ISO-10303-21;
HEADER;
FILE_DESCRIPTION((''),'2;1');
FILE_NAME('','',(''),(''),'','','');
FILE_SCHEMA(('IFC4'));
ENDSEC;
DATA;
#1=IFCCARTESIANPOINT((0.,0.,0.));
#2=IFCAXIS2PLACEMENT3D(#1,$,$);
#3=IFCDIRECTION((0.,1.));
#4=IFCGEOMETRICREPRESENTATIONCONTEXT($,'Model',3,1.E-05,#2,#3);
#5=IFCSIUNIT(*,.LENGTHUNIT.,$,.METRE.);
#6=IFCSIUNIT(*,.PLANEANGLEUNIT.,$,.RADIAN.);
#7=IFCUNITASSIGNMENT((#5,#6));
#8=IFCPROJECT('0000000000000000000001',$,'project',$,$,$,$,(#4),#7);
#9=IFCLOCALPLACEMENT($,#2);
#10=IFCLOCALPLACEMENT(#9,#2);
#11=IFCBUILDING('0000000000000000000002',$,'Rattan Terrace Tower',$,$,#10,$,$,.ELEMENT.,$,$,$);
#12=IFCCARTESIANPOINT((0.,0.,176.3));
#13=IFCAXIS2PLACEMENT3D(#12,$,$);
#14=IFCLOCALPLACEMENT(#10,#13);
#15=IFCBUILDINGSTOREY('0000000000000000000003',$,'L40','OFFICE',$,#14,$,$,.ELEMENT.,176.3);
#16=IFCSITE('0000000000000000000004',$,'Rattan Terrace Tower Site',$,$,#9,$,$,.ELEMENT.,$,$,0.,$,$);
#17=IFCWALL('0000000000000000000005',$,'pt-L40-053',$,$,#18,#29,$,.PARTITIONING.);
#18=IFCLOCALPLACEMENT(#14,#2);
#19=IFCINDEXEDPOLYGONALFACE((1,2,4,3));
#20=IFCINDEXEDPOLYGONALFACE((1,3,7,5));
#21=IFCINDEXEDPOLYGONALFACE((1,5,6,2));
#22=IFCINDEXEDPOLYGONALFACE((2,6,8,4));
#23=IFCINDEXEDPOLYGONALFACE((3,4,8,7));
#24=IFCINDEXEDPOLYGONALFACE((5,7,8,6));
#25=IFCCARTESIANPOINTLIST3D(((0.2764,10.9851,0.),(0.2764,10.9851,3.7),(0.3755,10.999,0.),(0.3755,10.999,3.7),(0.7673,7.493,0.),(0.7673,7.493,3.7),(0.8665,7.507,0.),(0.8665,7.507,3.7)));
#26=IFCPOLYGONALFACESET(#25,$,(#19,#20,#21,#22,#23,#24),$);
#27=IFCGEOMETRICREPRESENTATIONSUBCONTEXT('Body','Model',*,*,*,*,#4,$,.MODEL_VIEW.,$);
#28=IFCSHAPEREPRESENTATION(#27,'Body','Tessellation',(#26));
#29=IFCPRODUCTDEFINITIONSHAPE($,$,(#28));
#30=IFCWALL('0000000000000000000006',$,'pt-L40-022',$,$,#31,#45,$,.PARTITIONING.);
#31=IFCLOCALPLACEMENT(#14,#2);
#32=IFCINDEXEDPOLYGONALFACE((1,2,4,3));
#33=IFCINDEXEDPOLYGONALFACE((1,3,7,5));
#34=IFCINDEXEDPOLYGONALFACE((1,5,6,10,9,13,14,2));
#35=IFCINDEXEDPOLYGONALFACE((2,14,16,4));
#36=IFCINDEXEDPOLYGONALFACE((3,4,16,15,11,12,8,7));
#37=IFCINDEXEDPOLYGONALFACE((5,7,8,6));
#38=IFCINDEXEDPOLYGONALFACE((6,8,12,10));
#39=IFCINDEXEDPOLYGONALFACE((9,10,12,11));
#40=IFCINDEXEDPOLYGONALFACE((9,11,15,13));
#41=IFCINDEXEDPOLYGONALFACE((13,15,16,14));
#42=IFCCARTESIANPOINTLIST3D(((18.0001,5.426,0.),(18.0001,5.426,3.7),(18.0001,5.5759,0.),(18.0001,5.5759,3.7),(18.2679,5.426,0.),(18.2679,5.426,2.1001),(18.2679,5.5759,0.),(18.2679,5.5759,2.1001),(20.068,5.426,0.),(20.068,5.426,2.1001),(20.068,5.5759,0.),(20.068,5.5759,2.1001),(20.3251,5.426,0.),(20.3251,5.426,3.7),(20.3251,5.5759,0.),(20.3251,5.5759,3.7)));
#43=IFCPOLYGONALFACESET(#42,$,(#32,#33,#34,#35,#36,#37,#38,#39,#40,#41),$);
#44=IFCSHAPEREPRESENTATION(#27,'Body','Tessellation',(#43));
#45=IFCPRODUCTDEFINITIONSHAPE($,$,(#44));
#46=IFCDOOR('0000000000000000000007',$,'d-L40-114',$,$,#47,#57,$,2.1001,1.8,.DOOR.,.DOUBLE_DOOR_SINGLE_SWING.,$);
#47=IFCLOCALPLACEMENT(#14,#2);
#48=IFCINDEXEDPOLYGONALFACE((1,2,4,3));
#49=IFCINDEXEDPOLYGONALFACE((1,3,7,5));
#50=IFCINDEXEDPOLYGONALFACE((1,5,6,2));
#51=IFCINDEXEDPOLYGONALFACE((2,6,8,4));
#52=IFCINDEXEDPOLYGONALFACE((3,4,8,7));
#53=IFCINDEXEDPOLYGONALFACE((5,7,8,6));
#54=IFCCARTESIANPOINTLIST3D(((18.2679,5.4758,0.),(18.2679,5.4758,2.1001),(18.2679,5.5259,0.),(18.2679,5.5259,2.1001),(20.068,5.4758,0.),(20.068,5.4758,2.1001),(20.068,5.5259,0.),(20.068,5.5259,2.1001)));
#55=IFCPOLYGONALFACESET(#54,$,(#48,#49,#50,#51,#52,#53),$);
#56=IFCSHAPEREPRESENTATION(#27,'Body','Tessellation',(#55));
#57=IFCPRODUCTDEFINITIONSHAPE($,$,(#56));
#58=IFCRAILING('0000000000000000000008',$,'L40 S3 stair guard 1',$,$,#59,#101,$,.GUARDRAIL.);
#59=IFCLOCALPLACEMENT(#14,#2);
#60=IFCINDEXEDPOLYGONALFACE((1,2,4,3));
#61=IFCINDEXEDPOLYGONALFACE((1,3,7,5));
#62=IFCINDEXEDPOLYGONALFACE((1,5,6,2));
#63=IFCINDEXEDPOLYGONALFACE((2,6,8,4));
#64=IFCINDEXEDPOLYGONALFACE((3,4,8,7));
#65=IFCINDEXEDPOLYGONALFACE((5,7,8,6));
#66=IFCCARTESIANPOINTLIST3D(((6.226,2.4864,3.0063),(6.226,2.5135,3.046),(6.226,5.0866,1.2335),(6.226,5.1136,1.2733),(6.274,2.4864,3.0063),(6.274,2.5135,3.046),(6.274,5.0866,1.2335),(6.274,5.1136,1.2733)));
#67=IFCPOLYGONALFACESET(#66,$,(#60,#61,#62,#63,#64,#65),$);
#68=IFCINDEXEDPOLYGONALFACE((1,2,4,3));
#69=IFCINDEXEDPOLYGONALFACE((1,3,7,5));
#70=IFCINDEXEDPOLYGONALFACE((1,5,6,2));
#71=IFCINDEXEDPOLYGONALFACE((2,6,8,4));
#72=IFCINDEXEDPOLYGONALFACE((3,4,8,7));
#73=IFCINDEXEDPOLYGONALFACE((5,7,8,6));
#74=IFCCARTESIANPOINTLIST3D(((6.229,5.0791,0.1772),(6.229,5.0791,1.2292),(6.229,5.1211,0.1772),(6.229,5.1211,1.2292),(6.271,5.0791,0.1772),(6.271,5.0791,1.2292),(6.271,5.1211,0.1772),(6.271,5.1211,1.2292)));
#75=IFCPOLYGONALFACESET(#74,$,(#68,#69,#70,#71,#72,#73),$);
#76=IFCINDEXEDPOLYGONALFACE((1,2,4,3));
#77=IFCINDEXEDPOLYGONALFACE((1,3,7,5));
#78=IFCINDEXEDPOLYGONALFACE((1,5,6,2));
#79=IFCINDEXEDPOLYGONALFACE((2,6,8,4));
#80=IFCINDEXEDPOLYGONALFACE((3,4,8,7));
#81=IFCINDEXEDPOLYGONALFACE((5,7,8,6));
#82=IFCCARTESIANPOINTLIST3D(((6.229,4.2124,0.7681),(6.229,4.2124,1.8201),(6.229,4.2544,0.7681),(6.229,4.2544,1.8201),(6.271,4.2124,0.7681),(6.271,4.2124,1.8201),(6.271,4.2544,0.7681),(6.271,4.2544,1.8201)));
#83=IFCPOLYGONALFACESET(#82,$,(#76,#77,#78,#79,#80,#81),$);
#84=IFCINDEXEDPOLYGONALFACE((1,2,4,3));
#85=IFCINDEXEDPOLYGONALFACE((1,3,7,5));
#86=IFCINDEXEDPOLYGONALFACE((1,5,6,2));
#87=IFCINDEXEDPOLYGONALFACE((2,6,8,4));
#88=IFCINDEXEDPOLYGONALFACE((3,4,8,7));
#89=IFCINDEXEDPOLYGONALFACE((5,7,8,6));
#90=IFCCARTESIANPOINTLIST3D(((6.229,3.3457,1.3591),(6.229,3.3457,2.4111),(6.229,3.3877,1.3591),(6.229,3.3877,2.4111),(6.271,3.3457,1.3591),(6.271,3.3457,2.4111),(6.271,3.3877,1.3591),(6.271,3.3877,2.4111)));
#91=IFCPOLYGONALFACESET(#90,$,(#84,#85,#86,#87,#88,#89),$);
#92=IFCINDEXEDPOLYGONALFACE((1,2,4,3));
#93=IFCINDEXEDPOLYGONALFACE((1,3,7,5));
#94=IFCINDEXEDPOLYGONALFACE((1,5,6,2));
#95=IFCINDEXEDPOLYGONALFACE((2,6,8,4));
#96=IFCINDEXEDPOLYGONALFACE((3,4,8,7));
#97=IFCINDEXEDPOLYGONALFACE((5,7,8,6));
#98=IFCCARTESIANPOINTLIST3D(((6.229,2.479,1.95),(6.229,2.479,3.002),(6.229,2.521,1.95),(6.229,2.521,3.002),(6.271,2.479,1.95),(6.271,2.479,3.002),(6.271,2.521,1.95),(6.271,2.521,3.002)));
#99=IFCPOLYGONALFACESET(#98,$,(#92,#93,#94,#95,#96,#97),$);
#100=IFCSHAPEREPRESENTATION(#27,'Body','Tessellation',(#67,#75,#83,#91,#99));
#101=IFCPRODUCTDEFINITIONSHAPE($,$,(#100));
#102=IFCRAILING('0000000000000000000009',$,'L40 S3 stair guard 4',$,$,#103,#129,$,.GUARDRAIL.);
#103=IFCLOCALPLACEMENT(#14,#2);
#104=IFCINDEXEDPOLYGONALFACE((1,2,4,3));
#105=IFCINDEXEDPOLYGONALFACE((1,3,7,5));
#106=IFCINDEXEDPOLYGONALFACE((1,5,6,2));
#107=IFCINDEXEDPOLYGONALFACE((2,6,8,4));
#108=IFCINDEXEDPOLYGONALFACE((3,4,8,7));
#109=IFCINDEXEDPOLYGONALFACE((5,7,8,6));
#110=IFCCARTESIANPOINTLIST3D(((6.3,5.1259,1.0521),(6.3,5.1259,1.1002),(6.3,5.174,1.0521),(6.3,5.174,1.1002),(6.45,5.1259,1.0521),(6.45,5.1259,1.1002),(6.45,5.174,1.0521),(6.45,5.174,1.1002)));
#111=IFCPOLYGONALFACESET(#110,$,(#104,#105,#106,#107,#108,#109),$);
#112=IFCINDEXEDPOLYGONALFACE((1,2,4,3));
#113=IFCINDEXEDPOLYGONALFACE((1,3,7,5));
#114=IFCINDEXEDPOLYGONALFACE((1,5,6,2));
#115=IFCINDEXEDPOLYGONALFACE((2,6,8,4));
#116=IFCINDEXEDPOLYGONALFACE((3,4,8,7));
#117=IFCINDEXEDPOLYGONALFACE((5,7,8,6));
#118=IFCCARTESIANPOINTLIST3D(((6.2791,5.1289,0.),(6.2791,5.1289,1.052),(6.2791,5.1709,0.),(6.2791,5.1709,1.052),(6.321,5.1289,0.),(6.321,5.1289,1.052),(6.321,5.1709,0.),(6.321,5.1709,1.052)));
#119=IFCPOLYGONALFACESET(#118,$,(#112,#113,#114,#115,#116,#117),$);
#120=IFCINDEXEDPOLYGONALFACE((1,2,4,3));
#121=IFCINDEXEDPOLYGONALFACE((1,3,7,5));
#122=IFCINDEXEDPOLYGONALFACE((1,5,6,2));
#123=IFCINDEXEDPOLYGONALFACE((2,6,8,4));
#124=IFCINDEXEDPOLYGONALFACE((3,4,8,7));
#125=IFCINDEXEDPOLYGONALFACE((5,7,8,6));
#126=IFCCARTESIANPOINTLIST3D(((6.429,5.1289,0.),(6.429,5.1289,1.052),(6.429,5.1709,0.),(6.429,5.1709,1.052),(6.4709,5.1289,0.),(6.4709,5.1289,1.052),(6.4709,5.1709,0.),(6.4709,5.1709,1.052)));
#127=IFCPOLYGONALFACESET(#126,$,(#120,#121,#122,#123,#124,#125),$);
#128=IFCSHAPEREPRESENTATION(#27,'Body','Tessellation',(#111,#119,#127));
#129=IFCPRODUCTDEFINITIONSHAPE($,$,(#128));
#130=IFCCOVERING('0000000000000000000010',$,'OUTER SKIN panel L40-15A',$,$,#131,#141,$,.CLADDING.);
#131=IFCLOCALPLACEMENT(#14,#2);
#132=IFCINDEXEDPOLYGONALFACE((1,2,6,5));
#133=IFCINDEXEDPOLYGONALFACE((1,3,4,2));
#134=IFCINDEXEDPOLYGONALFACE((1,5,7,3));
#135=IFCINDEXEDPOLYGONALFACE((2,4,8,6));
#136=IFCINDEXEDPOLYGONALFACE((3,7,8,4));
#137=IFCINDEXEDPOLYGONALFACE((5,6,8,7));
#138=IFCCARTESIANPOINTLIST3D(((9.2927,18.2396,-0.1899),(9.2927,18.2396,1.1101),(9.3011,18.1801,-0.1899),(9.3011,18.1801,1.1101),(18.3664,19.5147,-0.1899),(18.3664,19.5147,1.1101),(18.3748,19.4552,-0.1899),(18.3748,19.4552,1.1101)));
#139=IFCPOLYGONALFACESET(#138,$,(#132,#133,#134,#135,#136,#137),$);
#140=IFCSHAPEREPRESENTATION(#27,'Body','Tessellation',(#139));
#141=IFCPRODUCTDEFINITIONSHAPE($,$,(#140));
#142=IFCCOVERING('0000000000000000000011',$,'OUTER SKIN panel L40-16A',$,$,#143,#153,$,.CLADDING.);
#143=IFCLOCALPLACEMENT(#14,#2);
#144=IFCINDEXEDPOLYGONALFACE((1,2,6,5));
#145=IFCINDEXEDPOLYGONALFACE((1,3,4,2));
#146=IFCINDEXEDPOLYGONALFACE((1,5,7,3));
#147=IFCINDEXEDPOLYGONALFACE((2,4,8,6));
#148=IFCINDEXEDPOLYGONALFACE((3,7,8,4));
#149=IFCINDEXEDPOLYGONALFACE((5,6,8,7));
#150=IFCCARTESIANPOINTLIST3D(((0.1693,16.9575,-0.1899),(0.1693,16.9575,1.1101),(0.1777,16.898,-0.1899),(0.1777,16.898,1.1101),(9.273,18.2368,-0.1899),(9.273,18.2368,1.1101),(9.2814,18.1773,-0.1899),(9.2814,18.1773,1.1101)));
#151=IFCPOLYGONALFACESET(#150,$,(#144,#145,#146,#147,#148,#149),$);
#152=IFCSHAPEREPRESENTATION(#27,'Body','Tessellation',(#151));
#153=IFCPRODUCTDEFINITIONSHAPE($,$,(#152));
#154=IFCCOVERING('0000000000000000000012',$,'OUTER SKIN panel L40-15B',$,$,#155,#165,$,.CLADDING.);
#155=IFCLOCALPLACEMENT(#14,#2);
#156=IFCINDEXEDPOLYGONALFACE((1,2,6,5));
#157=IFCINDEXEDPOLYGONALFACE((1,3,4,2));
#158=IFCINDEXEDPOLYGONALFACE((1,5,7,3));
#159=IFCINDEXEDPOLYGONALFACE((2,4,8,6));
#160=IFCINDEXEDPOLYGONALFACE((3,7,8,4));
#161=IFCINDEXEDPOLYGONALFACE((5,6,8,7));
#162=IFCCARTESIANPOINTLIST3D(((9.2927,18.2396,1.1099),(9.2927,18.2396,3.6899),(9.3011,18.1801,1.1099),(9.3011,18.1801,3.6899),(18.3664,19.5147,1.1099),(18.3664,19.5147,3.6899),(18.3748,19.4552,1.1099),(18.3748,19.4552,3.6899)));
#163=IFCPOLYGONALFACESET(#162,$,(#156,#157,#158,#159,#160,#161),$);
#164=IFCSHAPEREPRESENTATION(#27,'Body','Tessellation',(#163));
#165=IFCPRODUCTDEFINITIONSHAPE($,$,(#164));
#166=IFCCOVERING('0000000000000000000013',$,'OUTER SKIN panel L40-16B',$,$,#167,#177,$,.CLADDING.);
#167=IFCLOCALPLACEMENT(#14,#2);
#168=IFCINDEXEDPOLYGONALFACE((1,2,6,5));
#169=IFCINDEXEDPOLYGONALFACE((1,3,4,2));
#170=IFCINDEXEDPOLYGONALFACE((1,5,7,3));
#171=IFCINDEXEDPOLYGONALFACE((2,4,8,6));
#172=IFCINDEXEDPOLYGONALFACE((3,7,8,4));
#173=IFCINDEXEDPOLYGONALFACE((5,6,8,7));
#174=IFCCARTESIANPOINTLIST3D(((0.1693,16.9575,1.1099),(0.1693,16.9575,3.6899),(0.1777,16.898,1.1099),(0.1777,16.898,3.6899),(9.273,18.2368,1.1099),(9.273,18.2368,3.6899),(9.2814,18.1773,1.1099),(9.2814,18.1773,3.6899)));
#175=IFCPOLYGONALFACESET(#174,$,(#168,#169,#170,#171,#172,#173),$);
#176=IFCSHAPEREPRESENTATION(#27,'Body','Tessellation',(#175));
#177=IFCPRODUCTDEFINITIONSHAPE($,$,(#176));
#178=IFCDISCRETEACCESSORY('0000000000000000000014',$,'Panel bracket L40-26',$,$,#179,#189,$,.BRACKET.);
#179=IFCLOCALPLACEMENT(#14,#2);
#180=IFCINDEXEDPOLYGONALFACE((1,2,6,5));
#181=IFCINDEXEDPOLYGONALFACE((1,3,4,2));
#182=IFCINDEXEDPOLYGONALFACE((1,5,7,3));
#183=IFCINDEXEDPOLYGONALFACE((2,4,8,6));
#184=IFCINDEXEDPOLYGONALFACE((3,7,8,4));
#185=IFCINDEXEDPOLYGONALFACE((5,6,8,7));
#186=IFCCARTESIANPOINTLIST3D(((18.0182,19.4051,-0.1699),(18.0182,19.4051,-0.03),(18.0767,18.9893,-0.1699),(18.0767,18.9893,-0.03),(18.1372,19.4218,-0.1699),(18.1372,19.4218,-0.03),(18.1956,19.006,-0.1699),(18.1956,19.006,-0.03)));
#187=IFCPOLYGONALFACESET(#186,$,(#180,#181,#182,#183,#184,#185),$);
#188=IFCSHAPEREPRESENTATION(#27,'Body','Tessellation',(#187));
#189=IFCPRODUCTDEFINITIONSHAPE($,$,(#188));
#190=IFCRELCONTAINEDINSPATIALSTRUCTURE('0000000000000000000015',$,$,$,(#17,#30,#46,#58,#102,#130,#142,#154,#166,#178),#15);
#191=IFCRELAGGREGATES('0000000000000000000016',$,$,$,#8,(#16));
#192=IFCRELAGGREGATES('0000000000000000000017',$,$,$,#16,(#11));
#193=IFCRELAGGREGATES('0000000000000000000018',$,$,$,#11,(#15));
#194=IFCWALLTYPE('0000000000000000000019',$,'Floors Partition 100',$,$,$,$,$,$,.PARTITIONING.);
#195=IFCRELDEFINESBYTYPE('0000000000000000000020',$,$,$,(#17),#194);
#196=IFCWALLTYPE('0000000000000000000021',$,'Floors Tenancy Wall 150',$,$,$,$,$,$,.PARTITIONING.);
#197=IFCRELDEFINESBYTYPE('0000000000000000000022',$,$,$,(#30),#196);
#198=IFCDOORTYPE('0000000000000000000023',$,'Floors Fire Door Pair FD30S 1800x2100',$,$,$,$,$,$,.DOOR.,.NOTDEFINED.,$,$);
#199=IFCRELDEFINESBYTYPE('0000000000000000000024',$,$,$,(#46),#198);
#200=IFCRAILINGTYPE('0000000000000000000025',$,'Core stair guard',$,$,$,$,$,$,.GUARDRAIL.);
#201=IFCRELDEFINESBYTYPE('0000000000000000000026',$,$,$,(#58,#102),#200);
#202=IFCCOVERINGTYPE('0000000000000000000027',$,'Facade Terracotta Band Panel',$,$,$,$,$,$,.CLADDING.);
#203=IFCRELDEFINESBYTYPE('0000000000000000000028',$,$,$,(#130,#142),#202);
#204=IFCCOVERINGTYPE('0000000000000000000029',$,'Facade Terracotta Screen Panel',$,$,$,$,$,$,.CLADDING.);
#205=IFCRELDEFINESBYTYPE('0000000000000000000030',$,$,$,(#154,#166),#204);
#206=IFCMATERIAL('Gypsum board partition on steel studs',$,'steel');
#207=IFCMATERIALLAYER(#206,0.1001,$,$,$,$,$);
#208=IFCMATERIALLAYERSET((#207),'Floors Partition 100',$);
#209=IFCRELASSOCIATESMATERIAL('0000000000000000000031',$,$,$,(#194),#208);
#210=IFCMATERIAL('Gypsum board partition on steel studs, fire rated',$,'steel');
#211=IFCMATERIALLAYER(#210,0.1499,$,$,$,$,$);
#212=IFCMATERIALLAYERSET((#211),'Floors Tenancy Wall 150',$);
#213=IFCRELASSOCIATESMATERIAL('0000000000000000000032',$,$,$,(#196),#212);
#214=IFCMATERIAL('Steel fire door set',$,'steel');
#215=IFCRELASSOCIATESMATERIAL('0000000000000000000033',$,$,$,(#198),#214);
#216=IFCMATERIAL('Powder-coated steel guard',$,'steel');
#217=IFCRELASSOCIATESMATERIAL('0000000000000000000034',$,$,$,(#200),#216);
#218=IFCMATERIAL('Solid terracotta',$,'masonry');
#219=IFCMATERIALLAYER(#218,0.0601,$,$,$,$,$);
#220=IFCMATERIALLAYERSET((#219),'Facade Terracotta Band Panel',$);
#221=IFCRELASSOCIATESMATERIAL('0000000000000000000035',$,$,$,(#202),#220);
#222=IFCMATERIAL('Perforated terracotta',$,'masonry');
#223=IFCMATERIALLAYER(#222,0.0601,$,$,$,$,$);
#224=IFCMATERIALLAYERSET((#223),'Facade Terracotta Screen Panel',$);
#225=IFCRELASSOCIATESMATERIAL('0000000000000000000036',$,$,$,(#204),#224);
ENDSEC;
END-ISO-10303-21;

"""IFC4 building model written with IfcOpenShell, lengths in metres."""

from ifc_helpers import new_model, si_unit, direction, frame, frame_2d, origin, origin_2d, place, context, subcontext, project, spatial, rectangle, extrude, material, layer, layer_set, type_object, element, fill, save


model = new_model("IFC4")

# Units and contexts
model_context = context("Model", 3, precision=1e-05, world=origin(), true_north=direction((0.0, 1.0)))
body_context = subcontext(model_context, "Body", "Model", "MODEL_VIEW")
ifc_project = project(units=[si_unit("LENGTHUNIT", "METRE"), si_unit("PLANEANGLEUNIT", "RADIAN")], contexts=[model_context])

# Site, building, storey
site_placement = place(None, origin())
site = spatial("IfcSite", under=ifc_project, at=site_placement, Name="Rattan Terrace Tower Site", CompositionType="ELEMENT", RefElevation=0.0)
building_placement = place(site_placement, origin())
building = spatial("IfcBuilding", under=site, at=building_placement, Name="Rattan Terrace Tower", CompositionType="ELEMENT")
storey_placement = place(building_placement, frame((0.0, 0.0, 176.3)))
storey = spatial("IfcBuildingStorey", under=building, at=storey_placement, Name="L40", Description="OFFICE", CompositionType="ELEMENT", Elevation=176.3)

# Shared definitions
ifc_material_1 = material(Name="Gypsum board partition on steel studs", Category="steel")
ifc_layer_1 = layer(ifc_material_1, 0.1001)
ifc_layer_set_1 = layer_set([ifc_layer_1], Name="Floors Partition 100")
wall_type_1 = type_object("IfcWallType", Name="Floors Partition 100", PredefinedType="PARTITIONING", material=ifc_layer_set_1)

# Wall
wall_1_placement = place(storey_placement, frame((0.8169, 7.5, 0.0), z_axis=(0.0, 0.0, 1.0), x_axis=(-0.13923, 0.99026, 0.0)))
element("IfcWall", 1, at=wall_1_placement, inside=storey, type_object=wall_type_1, Name="pt-L40-053", PredefinedType="PARTITIONING", context=body_context, shape_type="SweptSolid", body=[
    extrude(rectangle(XDim=3.5264, YDim=0.1001, at=frame_2d((1.7632, 0.0))), origin(), (0.0, 0.0, 1.0), 3.7),
])

# Wall, opening, door
ifc_material_2 = material(Name="Gypsum board partition on steel studs, fire rated", Category="steel")
ifc_layer_2 = layer(ifc_material_2, 0.1499)
ifc_layer_set_2 = layer_set([ifc_layer_2], Name="Floors Tenancy Wall 150")
wall_type_2 = type_object("IfcWallType", Name="Floors Tenancy Wall 150", PredefinedType="PARTITIONING", material=ifc_layer_set_2)
wall_2_placement = place(storey_placement, frame((18.0, 5.501, 0.0), z_axis=(0.0, 0.0, 1.0), x_axis=(1.0, 0.0, 0.0)))
wall_2 = element("IfcWall", 2, at=wall_2_placement, inside=storey, type_object=wall_type_2, Name="pt-L40-022", PredefinedType="PARTITIONING", context=body_context, shape_type="SweptSolid", body=[
    extrude(rectangle(XDim=2.325, YDim=0.1499, at=frame_2d((1.1626, 0.0))), origin(), (0.0, 0.0, 1.0), 3.7),
])
opening_1_placement = place(wall_2_placement, frame((0.2681, 0.0, 0.0)))
opening_1 = element("IfcOpeningElement", 3, at=opening_1_placement, cuts=wall_2, PredefinedType="OPENING", context=body_context, shape_type="SweptSolid", body=[
    extrude(rectangle(XDim=1.8, YDim=2.1001, at=frame_2d((0.8999, 1.05))), frame((0.0, 0.0854, 0.0), z_axis=(0.0, -1.0, 0.0), x_axis=(1.0, 0.0, 0.0)), (0.0, 0.0, 1.0), 0.1709),
])
ifc_material_3 = material(Name="Steel fire door set", Category="steel")
door_type_1 = type_object("IfcDoorType", Name="Floors Fire Door Pair FD30S 1800x2100", OperationType="NOTDEFINED", PredefinedType="DOOR", material=ifc_material_3)
door_1_placement = place(opening_1_placement, origin())
door_1 = element("IfcDoor", 4, at=door_1_placement, inside=storey, type_object=door_type_1, Name="d-L40-114", OperationType="DOUBLE_DOOR_SINGLE_SWING", OverallHeight=2.1001, OverallWidth=1.8, PredefinedType="DOOR", context=body_context, shape_type="SweptSolid", body=[
    extrude(rectangle(XDim=1.8, YDim=2.1001, at=frame_2d((0.8999, 1.05))), frame((0.0, 0.0249, 0.0), z_axis=(0.0, -1.0, 0.0), x_axis=(1.0, 0.0, 0.0)), (0.0, 0.0, 1.0), 0.05),
])
fill(opening_1, door_1)

# Railings
ifc_material_4 = material(Name="Powder-coated steel guard", Category="steel")
railing_type = type_object("IfcRailingType", Name="Core stair guard", PredefinedType="GUARDRAIL", material=ifc_material_4)
railing_1_placement = place(storey_placement, frame((6.25, 5.1001, 0.1772)))
element("IfcRailing", 5, at=railing_1_placement, inside=storey, type_object=railing_type, Name="L40 S3 stair guard 1", PredefinedType="GUARDRAIL", context=body_context, shape_type="SweptSolid", body=[
    extrude(rectangle(XDim=0.0481, YDim=0.0481, at=origin_2d()), frame((0.0, 0.0, 1.0762), z_axis=(0.0, -0.82624, 0.563318), x_axis=(1.0, 0.0, 0.0)), (0.0, 0.0, 1.0), 3.147),
    extrude(rectangle(XDim=0.042, YDim=0.042, at=origin_2d()), origin(), (0.0, 0.0, 1.0), 1.052),
    extrude(rectangle(XDim=0.042, YDim=0.042, at=origin_2d()), frame((0.0, -0.8667, 0.5908)), (0.0, 0.0, 1.0), 1.052),
    extrude(rectangle(XDim=0.042, YDim=0.042, at=origin_2d()), frame((0.0, -1.7334, 1.1819)), (0.0, 0.0, 1.0), 1.052),
    extrude(rectangle(XDim=0.042, YDim=0.042, at=origin_2d()), frame((0.0, -2.6001, 1.7727)), (0.0, 0.0, 1.0), 1.052),
])
railing_2_placement = place(storey_placement, frame((6.3, 5.1499, 0.0)))
element("IfcRailing", 6, at=railing_2_placement, inside=storey, type_object=railing_type, Name="L40 S3 stair guard 4", PredefinedType="GUARDRAIL", context=body_context, shape_type="SweptSolid", body=[
    extrude(rectangle(XDim=0.0481, YDim=0.0481, at=origin_2d()), frame((0.0, 0.0, 1.0762), z_axis=(1.0, 0.0, 0.0), x_axis=(0.0, 1.0, 0.0)), (0.0, 0.0, 1.0), 0.1499),
    extrude(rectangle(XDim=0.042, YDim=0.042, at=origin_2d()), origin(), (0.0, 0.0, 1.0), 1.052),
    extrude(rectangle(XDim=0.042, YDim=0.042, at=origin_2d()), frame((0.1499, 0.0, 0.0)), (0.0, 0.0, 1.0), 1.052),
])

# Coverings
ifc_material_5 = material(Name="Solid terracotta", Category="masonry")
ifc_layer_3 = layer(ifc_material_5, 0.0601)
ifc_layer_set_3 = layer_set([ifc_layer_3], Name="Facade Terracotta Band Panel")
covering_type_1 = type_object("IfcCoveringType", Name="Facade Terracotta Band Panel", PredefinedType="CLADDING", material=ifc_layer_set_3)
covering_1_placement = place(storey_placement, frame((13.8337, 18.8474, -0.1899), z_axis=(0.0, 0.0, 1.0), x_axis=(-0.99027, -0.139161, 0.0)))
element("IfcCovering", 7, at=covering_1_placement, inside=storey, type_object=covering_type_1, Name="OUTER SKIN panel L40-15A", PredefinedType="CLADDING", context=body_context, shape_type="SweptSolid", body=[
    extrude(rectangle(XDim=9.1628, YDim=0.0601, at=origin_2d()), origin(), (0.0, 0.0, 1.0), 1.3),
])
covering_2_placement = place(storey_placement, frame((4.7253, 17.5674, -0.1899), z_axis=(0.0, 0.0, 1.0), x_axis=(-0.99027, -0.139161, 0.0)))
element("IfcCovering", 8, at=covering_2_placement, inside=storey, type_object=covering_type_1, Name="OUTER SKIN panel L40-16A", PredefinedType="CLADDING", context=body_context, shape_type="SweptSolid", body=[
    extrude(rectangle(XDim=9.1931, YDim=0.0601, at=origin_2d()), origin(), (0.0, 0.0, 1.0), 1.3),
])
ifc_material_6 = material(Name="Perforated terracotta", Category="masonry")
ifc_layer_4 = layer(ifc_material_6, 0.0601)
ifc_layer_set_4 = layer_set([ifc_layer_4], Name="Facade Terracotta Screen Panel")
covering_type_2 = type_object("IfcCoveringType", Name="Facade Terracotta Screen Panel", PredefinedType="CLADDING", material=ifc_layer_set_4)
covering_3_placement = place(storey_placement, frame((13.8337, 18.8474, 1.1099), z_axis=(0.0, 0.0, 1.0), x_axis=(-0.99027, -0.139161, 0.0)))
element("IfcCovering", 9, at=covering_3_placement, inside=storey, type_object=covering_type_2, Name="OUTER SKIN panel L40-15B", PredefinedType="CLADDING", context=body_context, shape_type="SweptSolid", body=[
    extrude(rectangle(XDim=9.1628, YDim=0.0601, at=origin_2d()), origin(), (0.0, 0.0, 1.0), 2.5801),
])
covering_4_placement = place(storey_placement, frame((4.7253, 17.5674, 1.1099), z_axis=(0.0, 0.0, 1.0), x_axis=(-0.99027, -0.139161, 0.0)))
element("IfcCovering", 10, at=covering_4_placement, inside=storey, type_object=covering_type_2, Name="OUTER SKIN panel L40-16B", PredefinedType="CLADDING", context=body_context, shape_type="SweptSolid", body=[
    extrude(rectangle(XDim=9.1931, YDim=0.0601, at=origin_2d()), origin(), (0.0, 0.0, 1.0), 2.5801),
])

# Discrete accessory
for number, where, z_axis, x_axis, name in (
    (11, (18.1069, 19.2056, -0.1699), (0.0, 0.0, 1.0), (-0.99027, -0.139161, 0.0), "Panel bracket L40-26"),
):
    element("IfcDiscreteAccessory", number, at=place(storey_placement, frame(where, z_axis=z_axis, x_axis=x_axis)), inside=storey, Name=name, PredefinedType="BRACKET", context=body_context, shape_type="SweptSolid", body=[
        extrude(rectangle(XDim=0.1201, YDim=0.4199, at=origin_2d()), origin(), (0.0, 0.0, 1.0), 0.1399),
    ])

save(model, "model.ifc")
